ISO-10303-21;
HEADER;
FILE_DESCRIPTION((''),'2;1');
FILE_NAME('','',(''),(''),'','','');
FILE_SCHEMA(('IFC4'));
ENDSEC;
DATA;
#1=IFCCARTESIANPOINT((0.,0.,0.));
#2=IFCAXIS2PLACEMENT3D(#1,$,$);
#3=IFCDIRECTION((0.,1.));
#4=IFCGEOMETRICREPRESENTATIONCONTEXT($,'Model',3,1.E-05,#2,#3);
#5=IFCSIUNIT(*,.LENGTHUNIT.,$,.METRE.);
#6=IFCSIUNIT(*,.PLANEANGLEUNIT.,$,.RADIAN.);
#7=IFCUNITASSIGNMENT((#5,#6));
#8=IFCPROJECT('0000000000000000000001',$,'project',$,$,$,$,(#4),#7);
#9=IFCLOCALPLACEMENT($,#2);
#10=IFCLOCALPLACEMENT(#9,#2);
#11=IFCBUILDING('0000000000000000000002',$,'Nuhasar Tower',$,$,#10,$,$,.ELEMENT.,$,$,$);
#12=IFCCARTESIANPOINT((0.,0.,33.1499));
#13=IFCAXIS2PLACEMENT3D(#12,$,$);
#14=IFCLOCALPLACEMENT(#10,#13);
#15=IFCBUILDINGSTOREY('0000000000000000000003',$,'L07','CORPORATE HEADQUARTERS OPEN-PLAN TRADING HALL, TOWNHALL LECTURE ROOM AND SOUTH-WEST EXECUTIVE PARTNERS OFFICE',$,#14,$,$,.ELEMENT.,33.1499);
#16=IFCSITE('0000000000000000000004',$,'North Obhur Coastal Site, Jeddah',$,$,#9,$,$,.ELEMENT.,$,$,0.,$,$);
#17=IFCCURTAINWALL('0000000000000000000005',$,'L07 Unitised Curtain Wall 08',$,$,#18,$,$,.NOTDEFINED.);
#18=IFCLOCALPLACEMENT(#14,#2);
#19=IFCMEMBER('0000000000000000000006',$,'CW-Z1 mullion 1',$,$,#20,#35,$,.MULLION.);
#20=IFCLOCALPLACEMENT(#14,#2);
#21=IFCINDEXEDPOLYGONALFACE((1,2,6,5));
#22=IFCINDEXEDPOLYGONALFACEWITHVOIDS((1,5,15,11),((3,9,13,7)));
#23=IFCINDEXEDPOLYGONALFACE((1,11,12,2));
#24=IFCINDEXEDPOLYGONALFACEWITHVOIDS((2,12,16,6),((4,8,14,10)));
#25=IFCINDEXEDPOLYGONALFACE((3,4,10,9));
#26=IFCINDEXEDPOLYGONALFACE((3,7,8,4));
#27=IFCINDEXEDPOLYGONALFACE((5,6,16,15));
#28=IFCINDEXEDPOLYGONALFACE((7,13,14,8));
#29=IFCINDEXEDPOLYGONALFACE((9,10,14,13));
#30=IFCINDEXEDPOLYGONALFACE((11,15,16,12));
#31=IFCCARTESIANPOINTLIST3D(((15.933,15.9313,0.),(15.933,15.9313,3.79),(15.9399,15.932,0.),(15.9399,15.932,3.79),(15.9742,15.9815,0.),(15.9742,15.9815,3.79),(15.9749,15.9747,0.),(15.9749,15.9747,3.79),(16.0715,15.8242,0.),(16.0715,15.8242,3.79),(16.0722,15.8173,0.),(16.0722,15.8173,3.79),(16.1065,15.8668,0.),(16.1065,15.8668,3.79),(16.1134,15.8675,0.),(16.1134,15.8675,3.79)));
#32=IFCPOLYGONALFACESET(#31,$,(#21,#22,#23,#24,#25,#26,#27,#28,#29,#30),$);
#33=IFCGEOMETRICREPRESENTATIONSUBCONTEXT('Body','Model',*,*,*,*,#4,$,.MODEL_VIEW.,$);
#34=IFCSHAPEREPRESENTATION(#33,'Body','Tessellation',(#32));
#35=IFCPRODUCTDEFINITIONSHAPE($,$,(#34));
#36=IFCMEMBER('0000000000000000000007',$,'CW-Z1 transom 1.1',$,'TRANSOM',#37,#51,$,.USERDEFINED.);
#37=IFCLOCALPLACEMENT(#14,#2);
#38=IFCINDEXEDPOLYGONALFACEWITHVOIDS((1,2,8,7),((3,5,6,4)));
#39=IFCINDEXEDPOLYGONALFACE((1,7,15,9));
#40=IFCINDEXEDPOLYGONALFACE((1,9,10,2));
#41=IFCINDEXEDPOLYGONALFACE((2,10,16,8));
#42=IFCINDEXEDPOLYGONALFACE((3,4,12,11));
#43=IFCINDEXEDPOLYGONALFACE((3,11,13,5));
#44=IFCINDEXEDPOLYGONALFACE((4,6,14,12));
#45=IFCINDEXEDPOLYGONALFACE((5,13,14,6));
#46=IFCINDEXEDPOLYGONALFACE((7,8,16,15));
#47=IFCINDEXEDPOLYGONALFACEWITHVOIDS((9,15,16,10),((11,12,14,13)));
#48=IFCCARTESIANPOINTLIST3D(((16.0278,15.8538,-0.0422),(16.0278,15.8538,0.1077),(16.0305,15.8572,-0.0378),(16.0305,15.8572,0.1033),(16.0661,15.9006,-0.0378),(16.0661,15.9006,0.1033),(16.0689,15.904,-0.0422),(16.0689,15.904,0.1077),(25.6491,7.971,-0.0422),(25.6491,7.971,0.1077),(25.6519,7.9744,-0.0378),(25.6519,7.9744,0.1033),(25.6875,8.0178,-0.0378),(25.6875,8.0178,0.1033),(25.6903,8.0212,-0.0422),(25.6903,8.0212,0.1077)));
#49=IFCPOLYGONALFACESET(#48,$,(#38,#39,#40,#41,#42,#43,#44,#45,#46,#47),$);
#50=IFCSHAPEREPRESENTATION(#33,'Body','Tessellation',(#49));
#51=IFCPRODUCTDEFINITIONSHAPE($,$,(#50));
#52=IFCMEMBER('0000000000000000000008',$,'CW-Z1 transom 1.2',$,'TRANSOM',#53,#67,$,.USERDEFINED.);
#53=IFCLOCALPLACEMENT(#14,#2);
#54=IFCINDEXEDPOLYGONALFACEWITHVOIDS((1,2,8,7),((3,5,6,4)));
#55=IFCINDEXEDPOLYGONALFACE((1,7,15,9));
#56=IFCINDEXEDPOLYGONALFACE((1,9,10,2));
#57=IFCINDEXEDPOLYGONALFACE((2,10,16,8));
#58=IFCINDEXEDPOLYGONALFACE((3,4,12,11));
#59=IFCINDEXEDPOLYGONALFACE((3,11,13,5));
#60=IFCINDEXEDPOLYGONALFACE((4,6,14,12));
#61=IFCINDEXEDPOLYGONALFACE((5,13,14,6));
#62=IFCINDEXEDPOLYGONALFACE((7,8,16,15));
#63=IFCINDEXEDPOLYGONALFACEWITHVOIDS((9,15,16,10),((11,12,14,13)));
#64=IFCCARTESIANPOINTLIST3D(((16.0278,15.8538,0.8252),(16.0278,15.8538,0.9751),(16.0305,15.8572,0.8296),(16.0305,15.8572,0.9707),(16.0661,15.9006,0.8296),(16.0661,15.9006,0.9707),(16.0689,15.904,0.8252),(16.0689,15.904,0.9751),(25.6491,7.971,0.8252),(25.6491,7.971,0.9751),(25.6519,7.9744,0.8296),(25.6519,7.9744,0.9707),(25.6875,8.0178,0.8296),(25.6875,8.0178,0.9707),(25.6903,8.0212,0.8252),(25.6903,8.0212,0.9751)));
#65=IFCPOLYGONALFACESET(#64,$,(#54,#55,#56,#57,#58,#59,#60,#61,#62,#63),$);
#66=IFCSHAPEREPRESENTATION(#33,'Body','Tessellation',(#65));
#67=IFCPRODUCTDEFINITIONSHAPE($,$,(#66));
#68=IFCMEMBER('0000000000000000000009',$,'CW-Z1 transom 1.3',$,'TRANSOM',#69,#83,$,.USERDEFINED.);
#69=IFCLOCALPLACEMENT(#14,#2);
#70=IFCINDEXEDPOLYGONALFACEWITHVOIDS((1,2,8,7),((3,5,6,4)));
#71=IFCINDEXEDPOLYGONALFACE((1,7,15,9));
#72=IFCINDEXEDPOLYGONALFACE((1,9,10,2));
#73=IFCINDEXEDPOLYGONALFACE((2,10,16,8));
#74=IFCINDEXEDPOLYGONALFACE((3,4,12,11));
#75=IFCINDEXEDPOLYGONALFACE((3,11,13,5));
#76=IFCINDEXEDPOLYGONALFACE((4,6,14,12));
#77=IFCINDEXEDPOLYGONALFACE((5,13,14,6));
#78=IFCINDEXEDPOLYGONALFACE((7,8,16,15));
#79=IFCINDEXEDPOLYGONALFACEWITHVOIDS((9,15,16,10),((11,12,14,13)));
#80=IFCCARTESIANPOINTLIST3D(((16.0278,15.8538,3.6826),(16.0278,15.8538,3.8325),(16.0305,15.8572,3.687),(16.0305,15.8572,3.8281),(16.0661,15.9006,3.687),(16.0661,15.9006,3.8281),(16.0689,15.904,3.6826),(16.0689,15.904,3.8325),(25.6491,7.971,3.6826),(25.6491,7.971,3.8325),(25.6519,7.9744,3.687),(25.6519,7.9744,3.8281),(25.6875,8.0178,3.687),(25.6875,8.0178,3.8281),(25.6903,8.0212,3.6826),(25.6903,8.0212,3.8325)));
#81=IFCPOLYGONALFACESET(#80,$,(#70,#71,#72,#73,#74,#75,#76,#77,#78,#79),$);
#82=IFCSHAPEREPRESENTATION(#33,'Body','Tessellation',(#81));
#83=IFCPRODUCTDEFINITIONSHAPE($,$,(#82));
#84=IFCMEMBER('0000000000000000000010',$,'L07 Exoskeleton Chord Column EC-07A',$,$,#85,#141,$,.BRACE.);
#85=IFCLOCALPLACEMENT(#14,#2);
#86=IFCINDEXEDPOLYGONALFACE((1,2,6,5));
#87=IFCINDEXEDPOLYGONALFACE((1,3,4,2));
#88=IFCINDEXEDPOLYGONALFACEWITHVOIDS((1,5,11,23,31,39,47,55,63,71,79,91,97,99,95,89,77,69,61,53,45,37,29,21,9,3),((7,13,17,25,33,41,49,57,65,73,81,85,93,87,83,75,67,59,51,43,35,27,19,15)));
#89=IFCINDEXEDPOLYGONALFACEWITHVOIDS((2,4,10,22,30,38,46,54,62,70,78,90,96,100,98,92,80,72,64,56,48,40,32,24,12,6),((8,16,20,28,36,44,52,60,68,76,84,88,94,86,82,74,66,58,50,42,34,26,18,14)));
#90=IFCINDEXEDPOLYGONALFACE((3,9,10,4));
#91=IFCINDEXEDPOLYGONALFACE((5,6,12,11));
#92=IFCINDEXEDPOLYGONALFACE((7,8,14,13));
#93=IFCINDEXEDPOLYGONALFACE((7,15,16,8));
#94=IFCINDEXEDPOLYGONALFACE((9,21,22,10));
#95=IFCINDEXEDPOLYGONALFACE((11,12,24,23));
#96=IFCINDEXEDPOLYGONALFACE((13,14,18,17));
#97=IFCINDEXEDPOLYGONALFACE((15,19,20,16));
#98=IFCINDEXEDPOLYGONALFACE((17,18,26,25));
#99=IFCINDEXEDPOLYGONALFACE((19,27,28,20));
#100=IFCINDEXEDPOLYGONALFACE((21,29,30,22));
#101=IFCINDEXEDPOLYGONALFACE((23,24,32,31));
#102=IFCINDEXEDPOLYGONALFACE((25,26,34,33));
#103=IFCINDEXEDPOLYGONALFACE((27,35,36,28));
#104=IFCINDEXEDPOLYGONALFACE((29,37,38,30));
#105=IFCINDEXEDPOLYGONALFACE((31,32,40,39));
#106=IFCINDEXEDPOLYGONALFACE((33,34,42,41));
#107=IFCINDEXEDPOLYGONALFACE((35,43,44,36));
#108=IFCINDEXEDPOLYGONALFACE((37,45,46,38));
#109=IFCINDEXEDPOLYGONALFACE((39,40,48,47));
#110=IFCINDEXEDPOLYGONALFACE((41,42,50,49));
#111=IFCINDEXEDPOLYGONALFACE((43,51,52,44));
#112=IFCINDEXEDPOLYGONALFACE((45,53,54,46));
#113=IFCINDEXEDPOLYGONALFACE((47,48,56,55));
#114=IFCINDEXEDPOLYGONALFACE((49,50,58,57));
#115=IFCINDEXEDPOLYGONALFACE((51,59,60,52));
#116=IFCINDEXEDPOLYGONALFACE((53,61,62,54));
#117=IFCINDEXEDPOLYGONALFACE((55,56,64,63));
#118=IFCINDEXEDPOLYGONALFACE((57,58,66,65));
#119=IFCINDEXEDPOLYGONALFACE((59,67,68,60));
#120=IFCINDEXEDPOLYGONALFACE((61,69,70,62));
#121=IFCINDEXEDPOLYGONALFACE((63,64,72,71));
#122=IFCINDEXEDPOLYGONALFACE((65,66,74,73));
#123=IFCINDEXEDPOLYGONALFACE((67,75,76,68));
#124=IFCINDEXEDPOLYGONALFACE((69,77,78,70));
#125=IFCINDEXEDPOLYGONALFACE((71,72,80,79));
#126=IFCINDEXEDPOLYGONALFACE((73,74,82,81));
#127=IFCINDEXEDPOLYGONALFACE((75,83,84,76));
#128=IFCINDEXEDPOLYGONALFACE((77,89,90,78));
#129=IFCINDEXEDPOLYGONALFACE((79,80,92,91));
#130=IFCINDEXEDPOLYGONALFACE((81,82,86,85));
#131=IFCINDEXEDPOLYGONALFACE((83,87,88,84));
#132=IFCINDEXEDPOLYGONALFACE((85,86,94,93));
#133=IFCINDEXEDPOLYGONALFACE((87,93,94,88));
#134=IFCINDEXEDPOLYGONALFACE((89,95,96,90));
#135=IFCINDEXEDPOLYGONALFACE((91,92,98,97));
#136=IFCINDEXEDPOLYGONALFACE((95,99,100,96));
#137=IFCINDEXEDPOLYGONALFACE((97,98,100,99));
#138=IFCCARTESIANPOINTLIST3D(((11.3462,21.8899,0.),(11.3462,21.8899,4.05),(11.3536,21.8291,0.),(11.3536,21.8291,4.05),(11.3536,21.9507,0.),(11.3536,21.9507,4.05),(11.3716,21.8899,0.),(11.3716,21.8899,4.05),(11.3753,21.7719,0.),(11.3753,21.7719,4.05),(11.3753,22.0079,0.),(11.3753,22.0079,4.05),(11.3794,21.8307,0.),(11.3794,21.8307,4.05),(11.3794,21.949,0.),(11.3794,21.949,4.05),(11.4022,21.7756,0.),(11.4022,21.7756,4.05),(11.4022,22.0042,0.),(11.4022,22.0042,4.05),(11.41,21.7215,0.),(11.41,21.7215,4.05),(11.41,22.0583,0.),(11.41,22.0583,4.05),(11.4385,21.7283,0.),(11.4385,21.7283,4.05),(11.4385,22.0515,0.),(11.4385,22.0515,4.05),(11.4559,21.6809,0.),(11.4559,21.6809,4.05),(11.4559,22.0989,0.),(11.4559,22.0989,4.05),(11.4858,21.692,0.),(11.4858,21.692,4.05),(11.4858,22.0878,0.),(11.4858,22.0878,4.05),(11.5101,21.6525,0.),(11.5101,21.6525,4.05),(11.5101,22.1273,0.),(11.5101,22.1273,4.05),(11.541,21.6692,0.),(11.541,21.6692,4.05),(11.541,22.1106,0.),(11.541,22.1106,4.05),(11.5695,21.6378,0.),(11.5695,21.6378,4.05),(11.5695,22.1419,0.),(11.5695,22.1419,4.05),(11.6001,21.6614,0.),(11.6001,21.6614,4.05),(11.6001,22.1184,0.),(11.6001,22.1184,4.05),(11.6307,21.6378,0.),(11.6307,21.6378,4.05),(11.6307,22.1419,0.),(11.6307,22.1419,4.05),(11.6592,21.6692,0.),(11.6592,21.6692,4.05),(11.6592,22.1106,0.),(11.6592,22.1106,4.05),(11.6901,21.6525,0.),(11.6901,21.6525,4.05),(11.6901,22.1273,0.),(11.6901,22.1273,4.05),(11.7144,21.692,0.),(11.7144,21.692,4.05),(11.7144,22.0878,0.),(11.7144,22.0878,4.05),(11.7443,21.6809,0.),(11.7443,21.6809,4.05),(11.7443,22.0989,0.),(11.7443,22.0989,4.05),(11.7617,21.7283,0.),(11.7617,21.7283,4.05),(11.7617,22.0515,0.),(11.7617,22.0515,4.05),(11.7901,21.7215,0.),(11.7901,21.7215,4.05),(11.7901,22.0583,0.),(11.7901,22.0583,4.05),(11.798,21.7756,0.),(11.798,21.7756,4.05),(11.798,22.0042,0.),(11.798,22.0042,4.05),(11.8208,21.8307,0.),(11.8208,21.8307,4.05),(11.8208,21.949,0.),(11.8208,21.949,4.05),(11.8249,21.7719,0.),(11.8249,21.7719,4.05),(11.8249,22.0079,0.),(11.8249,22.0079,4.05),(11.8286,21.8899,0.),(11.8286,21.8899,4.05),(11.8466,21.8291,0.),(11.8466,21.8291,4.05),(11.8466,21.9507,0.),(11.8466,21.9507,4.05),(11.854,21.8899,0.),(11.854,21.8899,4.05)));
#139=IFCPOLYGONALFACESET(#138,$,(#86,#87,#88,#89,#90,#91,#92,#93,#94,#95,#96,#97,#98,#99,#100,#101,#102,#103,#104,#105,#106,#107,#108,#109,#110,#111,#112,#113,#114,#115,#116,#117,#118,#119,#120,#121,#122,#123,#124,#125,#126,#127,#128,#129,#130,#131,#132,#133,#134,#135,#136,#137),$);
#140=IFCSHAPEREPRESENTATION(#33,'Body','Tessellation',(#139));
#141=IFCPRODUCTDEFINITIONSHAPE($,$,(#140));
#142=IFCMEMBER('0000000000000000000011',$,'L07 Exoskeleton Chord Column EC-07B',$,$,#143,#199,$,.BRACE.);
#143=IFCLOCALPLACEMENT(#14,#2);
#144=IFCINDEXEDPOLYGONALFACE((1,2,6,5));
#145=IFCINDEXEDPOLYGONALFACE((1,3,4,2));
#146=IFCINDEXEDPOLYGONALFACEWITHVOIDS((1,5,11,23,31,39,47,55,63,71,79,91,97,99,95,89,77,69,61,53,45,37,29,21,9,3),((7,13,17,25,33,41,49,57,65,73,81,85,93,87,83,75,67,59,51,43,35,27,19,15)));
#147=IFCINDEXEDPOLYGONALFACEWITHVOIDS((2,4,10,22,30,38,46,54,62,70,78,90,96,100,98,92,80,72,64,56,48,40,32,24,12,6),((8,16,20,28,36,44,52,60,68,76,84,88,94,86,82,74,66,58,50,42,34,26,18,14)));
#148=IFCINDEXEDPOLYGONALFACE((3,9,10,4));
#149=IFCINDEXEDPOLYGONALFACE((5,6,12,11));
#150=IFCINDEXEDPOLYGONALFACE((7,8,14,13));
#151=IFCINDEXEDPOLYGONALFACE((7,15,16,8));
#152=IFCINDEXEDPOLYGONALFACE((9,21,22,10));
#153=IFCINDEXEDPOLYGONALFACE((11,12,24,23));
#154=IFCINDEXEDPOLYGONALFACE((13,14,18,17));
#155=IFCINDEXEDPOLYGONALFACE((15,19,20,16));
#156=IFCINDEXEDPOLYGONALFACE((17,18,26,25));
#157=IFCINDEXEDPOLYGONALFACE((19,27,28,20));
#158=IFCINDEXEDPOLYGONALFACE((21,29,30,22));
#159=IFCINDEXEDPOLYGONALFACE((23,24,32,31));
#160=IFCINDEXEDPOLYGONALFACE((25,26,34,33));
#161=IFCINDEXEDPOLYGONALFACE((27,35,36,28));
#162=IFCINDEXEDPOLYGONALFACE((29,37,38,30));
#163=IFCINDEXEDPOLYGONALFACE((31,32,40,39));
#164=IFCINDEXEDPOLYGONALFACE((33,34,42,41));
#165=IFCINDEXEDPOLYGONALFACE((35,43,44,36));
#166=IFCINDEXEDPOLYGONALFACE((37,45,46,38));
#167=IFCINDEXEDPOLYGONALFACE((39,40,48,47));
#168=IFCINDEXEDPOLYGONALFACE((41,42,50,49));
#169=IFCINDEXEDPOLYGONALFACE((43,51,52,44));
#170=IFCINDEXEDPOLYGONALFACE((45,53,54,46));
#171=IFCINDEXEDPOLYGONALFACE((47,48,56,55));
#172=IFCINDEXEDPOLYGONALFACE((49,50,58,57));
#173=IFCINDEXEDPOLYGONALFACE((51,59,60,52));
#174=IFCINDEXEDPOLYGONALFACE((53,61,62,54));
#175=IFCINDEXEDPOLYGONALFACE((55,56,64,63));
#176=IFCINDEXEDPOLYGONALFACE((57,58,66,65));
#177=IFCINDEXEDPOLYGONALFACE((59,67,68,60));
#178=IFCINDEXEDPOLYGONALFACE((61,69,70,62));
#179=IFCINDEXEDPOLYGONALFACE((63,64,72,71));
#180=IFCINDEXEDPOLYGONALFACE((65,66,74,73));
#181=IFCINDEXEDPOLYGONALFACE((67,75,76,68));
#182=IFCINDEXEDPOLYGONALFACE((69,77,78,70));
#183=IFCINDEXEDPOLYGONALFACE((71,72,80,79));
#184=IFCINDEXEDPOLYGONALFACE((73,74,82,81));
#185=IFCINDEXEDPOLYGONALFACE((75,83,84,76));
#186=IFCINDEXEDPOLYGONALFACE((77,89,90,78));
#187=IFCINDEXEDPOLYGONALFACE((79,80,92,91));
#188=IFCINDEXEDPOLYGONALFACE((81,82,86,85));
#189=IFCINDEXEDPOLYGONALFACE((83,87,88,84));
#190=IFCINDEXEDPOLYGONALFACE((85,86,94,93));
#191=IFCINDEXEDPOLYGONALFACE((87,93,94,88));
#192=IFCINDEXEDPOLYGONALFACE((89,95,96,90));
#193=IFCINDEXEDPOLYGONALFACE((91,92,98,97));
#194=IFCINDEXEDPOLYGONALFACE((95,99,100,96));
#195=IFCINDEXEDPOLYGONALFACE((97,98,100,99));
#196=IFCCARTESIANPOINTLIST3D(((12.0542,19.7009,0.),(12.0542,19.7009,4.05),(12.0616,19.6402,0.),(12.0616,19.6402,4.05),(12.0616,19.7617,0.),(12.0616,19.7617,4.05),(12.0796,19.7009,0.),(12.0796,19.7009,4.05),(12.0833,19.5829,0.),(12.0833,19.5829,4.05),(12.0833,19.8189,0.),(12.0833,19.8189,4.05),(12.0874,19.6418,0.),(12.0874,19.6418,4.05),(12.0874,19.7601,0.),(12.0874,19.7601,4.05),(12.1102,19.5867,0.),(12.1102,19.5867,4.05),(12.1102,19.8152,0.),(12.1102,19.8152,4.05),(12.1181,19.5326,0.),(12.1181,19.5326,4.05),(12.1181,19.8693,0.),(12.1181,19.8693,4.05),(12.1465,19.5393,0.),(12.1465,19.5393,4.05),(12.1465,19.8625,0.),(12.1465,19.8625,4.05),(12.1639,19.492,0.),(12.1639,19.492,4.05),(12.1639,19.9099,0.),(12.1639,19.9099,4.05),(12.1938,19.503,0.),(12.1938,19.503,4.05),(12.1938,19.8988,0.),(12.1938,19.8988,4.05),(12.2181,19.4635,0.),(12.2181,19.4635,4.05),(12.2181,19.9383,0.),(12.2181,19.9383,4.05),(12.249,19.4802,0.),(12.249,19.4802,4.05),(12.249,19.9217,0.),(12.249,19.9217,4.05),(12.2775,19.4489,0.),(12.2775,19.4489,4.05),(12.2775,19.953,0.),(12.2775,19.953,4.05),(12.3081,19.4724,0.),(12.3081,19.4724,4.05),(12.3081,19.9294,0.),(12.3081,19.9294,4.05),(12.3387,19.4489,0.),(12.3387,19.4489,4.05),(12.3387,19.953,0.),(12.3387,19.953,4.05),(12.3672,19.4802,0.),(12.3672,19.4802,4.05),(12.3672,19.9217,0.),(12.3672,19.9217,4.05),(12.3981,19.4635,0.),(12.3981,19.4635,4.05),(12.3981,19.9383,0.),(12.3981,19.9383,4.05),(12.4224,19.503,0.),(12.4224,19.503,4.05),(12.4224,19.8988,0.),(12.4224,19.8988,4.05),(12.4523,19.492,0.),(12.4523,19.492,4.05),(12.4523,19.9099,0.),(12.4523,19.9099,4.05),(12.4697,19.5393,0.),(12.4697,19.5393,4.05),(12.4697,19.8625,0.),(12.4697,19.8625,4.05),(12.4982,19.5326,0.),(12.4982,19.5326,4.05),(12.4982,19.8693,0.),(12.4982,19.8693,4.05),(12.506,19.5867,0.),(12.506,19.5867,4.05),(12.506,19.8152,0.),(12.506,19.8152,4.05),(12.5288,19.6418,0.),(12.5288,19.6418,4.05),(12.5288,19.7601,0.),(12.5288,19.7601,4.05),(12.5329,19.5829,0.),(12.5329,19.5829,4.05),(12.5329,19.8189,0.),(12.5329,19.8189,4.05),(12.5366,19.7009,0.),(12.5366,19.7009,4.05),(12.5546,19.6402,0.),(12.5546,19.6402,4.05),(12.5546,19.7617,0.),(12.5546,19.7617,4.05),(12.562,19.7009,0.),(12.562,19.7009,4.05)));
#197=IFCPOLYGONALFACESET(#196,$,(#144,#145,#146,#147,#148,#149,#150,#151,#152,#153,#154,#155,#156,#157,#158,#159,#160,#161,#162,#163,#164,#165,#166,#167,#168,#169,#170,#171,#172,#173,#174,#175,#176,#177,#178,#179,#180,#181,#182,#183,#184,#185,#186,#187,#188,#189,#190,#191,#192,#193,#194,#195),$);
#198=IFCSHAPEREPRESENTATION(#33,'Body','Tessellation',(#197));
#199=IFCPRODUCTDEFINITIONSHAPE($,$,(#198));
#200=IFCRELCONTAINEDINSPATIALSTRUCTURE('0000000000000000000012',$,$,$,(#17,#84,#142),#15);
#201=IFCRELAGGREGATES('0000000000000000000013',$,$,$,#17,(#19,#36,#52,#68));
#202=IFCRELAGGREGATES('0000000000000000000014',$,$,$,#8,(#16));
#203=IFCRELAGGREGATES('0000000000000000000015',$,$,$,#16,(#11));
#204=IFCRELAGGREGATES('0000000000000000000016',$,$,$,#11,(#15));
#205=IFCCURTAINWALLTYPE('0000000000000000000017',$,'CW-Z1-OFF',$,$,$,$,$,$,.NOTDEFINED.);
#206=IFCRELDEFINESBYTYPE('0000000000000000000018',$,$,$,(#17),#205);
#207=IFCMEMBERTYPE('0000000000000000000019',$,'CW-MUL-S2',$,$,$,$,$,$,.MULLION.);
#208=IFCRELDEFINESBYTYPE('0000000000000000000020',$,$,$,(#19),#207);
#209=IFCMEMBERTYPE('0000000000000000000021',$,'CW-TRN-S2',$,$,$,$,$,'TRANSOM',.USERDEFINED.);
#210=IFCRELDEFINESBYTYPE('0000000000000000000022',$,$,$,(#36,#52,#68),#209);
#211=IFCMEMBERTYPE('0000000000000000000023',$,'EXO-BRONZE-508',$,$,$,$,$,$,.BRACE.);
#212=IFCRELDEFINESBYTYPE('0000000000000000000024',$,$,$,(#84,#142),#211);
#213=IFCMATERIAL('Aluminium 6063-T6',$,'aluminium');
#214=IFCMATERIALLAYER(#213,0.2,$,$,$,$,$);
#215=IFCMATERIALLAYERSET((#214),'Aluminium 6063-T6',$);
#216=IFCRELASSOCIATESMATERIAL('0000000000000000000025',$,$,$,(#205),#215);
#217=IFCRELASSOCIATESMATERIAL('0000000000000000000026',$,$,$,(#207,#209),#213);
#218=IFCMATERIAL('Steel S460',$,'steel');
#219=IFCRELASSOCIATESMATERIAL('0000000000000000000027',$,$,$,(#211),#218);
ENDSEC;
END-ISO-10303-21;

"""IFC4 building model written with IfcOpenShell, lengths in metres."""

from ifc_helpers import new_model, si_unit, direction, frame, origin, origin_2d, place, context, subcontext, project, spatial, hollow_rectangle, hollow_circle, extrude, material, layer, layer_set, material_profile, profile_set, type_object, element, aggregate, save


model = new_model("IFC4")

# Units and contexts
model_context = context("Model", 3, precision=1e-05, world=origin(), true_north=direction((0.0, 1.0)))
body_context = subcontext(model_context, "Body", "Model", "MODEL_VIEW")
ifc_project = project(units=[si_unit("LENGTHUNIT", "METRE"), si_unit("PLANEANGLEUNIT", "RADIAN")], contexts=[model_context])

# Site, building, storey
site_placement = place(None, origin())
site = spatial("IfcSite", under=ifc_project, at=site_placement, Name="North Obhur Coastal Site, Jeddah", CompositionType="ELEMENT", RefElevation=0.0)
building_placement = place(site_placement, origin())
building = spatial("IfcBuilding", under=site, at=building_placement, Name="Nuhasar Tower", CompositionType="ELEMENT")
storey_placement = place(building_placement, frame((0.0, 0.0, 33.1499)))
storey = spatial("IfcBuildingStorey", under=building, at=storey_placement, Name="L07", Description="CORPORATE HEADQUARTERS OPEN-PLAN TRADING HALL, TOWNHALL LECTURE ROOM AND SOUTH-WEST EXECUTIVE PARTNERS OFFICE", CompositionType="ELEMENT", Elevation=33.1499)

# Shared definitions
ifc_material_1 = material(Name="Aluminium 6063-T6", Category="aluminium")
ifc_layer_1 = layer(ifc_material_1, 0.2)
ifc_layer_set_1 = layer_set([ifc_layer_1], Name="Aluminium 6063-T6")
curtain_wall_type = type_object("IfcCurtainWallType", Name="CW-Z1-OFF", PredefinedType="NOTDEFINED", material=ifc_layer_set_1)
ifc_material_profile_1 = material_profile(ifc_material_1, hollow_rectangle(XDim=0.0649, YDim=0.1799, WallThickness=0.0049, at=origin_2d()), Name="CWM-2")
ifc_profile_set_1 = profile_set([ifc_material_profile_1], Name="Aluminium 6063-T6")
member_type_1 = type_object("IfcMemberType", Name="CW-MUL-S2", PredefinedType="MULLION", material=ifc_profile_set_1)

# Curtain wall, members
curtain_wall_1_placement = place(storey_placement, origin())
curtain_wall_1 = element("IfcCurtainWall", 1, at=curtain_wall_1_placement, inside=storey, type_object=curtain_wall_type, Name="L07 Unitised Curtain Wall 08", PredefinedType="NOTDEFINED")
member_1_placement = place(storey_placement, frame((16.0232, 15.8994, 0.0), z_axis=(0.0, 0.0, 1.0), x_axis=(0.633745, 0.773542, 0.0)))
member_1 = element("IfcMember", 2, at=member_1_placement, type_object=member_type_1, Name="CW-Z1 mullion 1", PredefinedType="MULLION", context=body_context, shape_type="SweptSolid", body=[
    extrude(hollow_rectangle(XDim=0.0649, YDim=0.1799, WallThickness=0.0049, at=origin_2d()), origin(), (0.0, 0.0, 1.0), 3.79),
])
ifc_material_profile_2 = material_profile(ifc_material_1, hollow_rectangle(XDim=0.0649, YDim=0.1499, WallThickness=0.0044, at=origin_2d()), Name="CWT-2")
ifc_profile_set_2 = profile_set([ifc_material_profile_2], Name="Aluminium 6063-T6")
member_type_2 = type_object("IfcMemberType", Name="CW-TRN-S2", ElementType="TRANSOM", PredefinedType="USERDEFINED", material=ifc_profile_set_2)
member_2_placement = place(storey_placement, frame((16.0483, 15.8789, 0.0327), z_axis=(0.773531, -0.633758, 0.0), x_axis=(0.633758, 0.773531, 0.0)))
member_2 = element("IfcMember", 3, at=member_2_placement, type_object=member_type_2, Name="CW-Z1 transom 1.1", ObjectType="TRANSOM", PredefinedType="USERDEFINED", context=body_context, shape_type="SweptSolid", body=[
    extrude(hollow_rectangle(XDim=0.0649, YDim=0.1499, WallThickness=0.0044, at=origin_2d()), origin(), (0.0, 0.0, 1.0), 12.4382),
])
member_3_placement = place(storey_placement, frame((16.0483, 15.8789, 0.9001), z_axis=(0.773531, -0.633758, 0.0), x_axis=(0.633758, 0.773531, 0.0)))
member_3 = element("IfcMember", 4, at=member_3_placement, type_object=member_type_2, Name="CW-Z1 transom 1.2", ObjectType="TRANSOM", PredefinedType="USERDEFINED", context=body_context, shape_type="SweptSolid", body=[
    extrude(hollow_rectangle(XDim=0.0649, YDim=0.1499, WallThickness=0.0044, at=origin_2d()), origin(), (0.0, 0.0, 1.0), 12.4382),
])
member_4_placement = place(storey_placement, frame((16.0483, 15.8789, 3.7576), z_axis=(0.773531, -0.633758, 0.0), x_axis=(0.633758, 0.773531, 0.0)))
member_4 = element("IfcMember", 5, at=member_4_placement, type_object=member_type_2, Name="CW-Z1 transom 1.3", ObjectType="TRANSOM", PredefinedType="USERDEFINED", context=body_context, shape_type="SweptSolid", body=[
    extrude(hollow_rectangle(XDim=0.0649, YDim=0.1499, WallThickness=0.0044, at=origin_2d()), origin(), (0.0, 0.0, 1.0), 12.4382),
])
aggregate(curtain_wall_1, [member_1, member_2, member_3, member_4])

# Members
ifc_material_2 = material(Name="Steel S460", Category="steel")
ifc_material_profile_3 = material_profile(ifc_material_2, hollow_circle(Radius=0.2539, WallThickness=0.0254, at=origin_2d()), Name="HSS508X25.4")
ifc_profile_set_3 = profile_set([ifc_material_profile_3], Name="Steel S460")
member_type_3 = type_object("IfcMemberType", Name="EXO-BRONZE-508", PredefinedType="BRACE", material=ifc_profile_set_3)
for number, where, z_axis, x_axis, name in (
    (6, (11.6001, 21.8899, 0.0), (0.0, 0.0, 1.0), (1.0, 0.0, 0.0), "L07 Exoskeleton Chord Column EC-07A"),
    (7, (12.3081, 19.7009, 0.0), (0.0, 0.0, 1.0), (1.0, 0.0, 0.0), "L07 Exoskeleton Chord Column EC-07B"),
):
    element("IfcMember", number, at=place(storey_placement, frame(where, z_axis=z_axis, x_axis=x_axis)), inside=storey, type_object=member_type_3, Name=name, PredefinedType="BRACE", context=body_context, shape_type="SweptSolid", body=[
        extrude(hollow_circle(Radius=0.2539, WallThickness=0.0254, at=origin_2d()), origin(), (0.0, 0.0, 1.0), 4.05),
    ])

save(model, "model.ifc")
